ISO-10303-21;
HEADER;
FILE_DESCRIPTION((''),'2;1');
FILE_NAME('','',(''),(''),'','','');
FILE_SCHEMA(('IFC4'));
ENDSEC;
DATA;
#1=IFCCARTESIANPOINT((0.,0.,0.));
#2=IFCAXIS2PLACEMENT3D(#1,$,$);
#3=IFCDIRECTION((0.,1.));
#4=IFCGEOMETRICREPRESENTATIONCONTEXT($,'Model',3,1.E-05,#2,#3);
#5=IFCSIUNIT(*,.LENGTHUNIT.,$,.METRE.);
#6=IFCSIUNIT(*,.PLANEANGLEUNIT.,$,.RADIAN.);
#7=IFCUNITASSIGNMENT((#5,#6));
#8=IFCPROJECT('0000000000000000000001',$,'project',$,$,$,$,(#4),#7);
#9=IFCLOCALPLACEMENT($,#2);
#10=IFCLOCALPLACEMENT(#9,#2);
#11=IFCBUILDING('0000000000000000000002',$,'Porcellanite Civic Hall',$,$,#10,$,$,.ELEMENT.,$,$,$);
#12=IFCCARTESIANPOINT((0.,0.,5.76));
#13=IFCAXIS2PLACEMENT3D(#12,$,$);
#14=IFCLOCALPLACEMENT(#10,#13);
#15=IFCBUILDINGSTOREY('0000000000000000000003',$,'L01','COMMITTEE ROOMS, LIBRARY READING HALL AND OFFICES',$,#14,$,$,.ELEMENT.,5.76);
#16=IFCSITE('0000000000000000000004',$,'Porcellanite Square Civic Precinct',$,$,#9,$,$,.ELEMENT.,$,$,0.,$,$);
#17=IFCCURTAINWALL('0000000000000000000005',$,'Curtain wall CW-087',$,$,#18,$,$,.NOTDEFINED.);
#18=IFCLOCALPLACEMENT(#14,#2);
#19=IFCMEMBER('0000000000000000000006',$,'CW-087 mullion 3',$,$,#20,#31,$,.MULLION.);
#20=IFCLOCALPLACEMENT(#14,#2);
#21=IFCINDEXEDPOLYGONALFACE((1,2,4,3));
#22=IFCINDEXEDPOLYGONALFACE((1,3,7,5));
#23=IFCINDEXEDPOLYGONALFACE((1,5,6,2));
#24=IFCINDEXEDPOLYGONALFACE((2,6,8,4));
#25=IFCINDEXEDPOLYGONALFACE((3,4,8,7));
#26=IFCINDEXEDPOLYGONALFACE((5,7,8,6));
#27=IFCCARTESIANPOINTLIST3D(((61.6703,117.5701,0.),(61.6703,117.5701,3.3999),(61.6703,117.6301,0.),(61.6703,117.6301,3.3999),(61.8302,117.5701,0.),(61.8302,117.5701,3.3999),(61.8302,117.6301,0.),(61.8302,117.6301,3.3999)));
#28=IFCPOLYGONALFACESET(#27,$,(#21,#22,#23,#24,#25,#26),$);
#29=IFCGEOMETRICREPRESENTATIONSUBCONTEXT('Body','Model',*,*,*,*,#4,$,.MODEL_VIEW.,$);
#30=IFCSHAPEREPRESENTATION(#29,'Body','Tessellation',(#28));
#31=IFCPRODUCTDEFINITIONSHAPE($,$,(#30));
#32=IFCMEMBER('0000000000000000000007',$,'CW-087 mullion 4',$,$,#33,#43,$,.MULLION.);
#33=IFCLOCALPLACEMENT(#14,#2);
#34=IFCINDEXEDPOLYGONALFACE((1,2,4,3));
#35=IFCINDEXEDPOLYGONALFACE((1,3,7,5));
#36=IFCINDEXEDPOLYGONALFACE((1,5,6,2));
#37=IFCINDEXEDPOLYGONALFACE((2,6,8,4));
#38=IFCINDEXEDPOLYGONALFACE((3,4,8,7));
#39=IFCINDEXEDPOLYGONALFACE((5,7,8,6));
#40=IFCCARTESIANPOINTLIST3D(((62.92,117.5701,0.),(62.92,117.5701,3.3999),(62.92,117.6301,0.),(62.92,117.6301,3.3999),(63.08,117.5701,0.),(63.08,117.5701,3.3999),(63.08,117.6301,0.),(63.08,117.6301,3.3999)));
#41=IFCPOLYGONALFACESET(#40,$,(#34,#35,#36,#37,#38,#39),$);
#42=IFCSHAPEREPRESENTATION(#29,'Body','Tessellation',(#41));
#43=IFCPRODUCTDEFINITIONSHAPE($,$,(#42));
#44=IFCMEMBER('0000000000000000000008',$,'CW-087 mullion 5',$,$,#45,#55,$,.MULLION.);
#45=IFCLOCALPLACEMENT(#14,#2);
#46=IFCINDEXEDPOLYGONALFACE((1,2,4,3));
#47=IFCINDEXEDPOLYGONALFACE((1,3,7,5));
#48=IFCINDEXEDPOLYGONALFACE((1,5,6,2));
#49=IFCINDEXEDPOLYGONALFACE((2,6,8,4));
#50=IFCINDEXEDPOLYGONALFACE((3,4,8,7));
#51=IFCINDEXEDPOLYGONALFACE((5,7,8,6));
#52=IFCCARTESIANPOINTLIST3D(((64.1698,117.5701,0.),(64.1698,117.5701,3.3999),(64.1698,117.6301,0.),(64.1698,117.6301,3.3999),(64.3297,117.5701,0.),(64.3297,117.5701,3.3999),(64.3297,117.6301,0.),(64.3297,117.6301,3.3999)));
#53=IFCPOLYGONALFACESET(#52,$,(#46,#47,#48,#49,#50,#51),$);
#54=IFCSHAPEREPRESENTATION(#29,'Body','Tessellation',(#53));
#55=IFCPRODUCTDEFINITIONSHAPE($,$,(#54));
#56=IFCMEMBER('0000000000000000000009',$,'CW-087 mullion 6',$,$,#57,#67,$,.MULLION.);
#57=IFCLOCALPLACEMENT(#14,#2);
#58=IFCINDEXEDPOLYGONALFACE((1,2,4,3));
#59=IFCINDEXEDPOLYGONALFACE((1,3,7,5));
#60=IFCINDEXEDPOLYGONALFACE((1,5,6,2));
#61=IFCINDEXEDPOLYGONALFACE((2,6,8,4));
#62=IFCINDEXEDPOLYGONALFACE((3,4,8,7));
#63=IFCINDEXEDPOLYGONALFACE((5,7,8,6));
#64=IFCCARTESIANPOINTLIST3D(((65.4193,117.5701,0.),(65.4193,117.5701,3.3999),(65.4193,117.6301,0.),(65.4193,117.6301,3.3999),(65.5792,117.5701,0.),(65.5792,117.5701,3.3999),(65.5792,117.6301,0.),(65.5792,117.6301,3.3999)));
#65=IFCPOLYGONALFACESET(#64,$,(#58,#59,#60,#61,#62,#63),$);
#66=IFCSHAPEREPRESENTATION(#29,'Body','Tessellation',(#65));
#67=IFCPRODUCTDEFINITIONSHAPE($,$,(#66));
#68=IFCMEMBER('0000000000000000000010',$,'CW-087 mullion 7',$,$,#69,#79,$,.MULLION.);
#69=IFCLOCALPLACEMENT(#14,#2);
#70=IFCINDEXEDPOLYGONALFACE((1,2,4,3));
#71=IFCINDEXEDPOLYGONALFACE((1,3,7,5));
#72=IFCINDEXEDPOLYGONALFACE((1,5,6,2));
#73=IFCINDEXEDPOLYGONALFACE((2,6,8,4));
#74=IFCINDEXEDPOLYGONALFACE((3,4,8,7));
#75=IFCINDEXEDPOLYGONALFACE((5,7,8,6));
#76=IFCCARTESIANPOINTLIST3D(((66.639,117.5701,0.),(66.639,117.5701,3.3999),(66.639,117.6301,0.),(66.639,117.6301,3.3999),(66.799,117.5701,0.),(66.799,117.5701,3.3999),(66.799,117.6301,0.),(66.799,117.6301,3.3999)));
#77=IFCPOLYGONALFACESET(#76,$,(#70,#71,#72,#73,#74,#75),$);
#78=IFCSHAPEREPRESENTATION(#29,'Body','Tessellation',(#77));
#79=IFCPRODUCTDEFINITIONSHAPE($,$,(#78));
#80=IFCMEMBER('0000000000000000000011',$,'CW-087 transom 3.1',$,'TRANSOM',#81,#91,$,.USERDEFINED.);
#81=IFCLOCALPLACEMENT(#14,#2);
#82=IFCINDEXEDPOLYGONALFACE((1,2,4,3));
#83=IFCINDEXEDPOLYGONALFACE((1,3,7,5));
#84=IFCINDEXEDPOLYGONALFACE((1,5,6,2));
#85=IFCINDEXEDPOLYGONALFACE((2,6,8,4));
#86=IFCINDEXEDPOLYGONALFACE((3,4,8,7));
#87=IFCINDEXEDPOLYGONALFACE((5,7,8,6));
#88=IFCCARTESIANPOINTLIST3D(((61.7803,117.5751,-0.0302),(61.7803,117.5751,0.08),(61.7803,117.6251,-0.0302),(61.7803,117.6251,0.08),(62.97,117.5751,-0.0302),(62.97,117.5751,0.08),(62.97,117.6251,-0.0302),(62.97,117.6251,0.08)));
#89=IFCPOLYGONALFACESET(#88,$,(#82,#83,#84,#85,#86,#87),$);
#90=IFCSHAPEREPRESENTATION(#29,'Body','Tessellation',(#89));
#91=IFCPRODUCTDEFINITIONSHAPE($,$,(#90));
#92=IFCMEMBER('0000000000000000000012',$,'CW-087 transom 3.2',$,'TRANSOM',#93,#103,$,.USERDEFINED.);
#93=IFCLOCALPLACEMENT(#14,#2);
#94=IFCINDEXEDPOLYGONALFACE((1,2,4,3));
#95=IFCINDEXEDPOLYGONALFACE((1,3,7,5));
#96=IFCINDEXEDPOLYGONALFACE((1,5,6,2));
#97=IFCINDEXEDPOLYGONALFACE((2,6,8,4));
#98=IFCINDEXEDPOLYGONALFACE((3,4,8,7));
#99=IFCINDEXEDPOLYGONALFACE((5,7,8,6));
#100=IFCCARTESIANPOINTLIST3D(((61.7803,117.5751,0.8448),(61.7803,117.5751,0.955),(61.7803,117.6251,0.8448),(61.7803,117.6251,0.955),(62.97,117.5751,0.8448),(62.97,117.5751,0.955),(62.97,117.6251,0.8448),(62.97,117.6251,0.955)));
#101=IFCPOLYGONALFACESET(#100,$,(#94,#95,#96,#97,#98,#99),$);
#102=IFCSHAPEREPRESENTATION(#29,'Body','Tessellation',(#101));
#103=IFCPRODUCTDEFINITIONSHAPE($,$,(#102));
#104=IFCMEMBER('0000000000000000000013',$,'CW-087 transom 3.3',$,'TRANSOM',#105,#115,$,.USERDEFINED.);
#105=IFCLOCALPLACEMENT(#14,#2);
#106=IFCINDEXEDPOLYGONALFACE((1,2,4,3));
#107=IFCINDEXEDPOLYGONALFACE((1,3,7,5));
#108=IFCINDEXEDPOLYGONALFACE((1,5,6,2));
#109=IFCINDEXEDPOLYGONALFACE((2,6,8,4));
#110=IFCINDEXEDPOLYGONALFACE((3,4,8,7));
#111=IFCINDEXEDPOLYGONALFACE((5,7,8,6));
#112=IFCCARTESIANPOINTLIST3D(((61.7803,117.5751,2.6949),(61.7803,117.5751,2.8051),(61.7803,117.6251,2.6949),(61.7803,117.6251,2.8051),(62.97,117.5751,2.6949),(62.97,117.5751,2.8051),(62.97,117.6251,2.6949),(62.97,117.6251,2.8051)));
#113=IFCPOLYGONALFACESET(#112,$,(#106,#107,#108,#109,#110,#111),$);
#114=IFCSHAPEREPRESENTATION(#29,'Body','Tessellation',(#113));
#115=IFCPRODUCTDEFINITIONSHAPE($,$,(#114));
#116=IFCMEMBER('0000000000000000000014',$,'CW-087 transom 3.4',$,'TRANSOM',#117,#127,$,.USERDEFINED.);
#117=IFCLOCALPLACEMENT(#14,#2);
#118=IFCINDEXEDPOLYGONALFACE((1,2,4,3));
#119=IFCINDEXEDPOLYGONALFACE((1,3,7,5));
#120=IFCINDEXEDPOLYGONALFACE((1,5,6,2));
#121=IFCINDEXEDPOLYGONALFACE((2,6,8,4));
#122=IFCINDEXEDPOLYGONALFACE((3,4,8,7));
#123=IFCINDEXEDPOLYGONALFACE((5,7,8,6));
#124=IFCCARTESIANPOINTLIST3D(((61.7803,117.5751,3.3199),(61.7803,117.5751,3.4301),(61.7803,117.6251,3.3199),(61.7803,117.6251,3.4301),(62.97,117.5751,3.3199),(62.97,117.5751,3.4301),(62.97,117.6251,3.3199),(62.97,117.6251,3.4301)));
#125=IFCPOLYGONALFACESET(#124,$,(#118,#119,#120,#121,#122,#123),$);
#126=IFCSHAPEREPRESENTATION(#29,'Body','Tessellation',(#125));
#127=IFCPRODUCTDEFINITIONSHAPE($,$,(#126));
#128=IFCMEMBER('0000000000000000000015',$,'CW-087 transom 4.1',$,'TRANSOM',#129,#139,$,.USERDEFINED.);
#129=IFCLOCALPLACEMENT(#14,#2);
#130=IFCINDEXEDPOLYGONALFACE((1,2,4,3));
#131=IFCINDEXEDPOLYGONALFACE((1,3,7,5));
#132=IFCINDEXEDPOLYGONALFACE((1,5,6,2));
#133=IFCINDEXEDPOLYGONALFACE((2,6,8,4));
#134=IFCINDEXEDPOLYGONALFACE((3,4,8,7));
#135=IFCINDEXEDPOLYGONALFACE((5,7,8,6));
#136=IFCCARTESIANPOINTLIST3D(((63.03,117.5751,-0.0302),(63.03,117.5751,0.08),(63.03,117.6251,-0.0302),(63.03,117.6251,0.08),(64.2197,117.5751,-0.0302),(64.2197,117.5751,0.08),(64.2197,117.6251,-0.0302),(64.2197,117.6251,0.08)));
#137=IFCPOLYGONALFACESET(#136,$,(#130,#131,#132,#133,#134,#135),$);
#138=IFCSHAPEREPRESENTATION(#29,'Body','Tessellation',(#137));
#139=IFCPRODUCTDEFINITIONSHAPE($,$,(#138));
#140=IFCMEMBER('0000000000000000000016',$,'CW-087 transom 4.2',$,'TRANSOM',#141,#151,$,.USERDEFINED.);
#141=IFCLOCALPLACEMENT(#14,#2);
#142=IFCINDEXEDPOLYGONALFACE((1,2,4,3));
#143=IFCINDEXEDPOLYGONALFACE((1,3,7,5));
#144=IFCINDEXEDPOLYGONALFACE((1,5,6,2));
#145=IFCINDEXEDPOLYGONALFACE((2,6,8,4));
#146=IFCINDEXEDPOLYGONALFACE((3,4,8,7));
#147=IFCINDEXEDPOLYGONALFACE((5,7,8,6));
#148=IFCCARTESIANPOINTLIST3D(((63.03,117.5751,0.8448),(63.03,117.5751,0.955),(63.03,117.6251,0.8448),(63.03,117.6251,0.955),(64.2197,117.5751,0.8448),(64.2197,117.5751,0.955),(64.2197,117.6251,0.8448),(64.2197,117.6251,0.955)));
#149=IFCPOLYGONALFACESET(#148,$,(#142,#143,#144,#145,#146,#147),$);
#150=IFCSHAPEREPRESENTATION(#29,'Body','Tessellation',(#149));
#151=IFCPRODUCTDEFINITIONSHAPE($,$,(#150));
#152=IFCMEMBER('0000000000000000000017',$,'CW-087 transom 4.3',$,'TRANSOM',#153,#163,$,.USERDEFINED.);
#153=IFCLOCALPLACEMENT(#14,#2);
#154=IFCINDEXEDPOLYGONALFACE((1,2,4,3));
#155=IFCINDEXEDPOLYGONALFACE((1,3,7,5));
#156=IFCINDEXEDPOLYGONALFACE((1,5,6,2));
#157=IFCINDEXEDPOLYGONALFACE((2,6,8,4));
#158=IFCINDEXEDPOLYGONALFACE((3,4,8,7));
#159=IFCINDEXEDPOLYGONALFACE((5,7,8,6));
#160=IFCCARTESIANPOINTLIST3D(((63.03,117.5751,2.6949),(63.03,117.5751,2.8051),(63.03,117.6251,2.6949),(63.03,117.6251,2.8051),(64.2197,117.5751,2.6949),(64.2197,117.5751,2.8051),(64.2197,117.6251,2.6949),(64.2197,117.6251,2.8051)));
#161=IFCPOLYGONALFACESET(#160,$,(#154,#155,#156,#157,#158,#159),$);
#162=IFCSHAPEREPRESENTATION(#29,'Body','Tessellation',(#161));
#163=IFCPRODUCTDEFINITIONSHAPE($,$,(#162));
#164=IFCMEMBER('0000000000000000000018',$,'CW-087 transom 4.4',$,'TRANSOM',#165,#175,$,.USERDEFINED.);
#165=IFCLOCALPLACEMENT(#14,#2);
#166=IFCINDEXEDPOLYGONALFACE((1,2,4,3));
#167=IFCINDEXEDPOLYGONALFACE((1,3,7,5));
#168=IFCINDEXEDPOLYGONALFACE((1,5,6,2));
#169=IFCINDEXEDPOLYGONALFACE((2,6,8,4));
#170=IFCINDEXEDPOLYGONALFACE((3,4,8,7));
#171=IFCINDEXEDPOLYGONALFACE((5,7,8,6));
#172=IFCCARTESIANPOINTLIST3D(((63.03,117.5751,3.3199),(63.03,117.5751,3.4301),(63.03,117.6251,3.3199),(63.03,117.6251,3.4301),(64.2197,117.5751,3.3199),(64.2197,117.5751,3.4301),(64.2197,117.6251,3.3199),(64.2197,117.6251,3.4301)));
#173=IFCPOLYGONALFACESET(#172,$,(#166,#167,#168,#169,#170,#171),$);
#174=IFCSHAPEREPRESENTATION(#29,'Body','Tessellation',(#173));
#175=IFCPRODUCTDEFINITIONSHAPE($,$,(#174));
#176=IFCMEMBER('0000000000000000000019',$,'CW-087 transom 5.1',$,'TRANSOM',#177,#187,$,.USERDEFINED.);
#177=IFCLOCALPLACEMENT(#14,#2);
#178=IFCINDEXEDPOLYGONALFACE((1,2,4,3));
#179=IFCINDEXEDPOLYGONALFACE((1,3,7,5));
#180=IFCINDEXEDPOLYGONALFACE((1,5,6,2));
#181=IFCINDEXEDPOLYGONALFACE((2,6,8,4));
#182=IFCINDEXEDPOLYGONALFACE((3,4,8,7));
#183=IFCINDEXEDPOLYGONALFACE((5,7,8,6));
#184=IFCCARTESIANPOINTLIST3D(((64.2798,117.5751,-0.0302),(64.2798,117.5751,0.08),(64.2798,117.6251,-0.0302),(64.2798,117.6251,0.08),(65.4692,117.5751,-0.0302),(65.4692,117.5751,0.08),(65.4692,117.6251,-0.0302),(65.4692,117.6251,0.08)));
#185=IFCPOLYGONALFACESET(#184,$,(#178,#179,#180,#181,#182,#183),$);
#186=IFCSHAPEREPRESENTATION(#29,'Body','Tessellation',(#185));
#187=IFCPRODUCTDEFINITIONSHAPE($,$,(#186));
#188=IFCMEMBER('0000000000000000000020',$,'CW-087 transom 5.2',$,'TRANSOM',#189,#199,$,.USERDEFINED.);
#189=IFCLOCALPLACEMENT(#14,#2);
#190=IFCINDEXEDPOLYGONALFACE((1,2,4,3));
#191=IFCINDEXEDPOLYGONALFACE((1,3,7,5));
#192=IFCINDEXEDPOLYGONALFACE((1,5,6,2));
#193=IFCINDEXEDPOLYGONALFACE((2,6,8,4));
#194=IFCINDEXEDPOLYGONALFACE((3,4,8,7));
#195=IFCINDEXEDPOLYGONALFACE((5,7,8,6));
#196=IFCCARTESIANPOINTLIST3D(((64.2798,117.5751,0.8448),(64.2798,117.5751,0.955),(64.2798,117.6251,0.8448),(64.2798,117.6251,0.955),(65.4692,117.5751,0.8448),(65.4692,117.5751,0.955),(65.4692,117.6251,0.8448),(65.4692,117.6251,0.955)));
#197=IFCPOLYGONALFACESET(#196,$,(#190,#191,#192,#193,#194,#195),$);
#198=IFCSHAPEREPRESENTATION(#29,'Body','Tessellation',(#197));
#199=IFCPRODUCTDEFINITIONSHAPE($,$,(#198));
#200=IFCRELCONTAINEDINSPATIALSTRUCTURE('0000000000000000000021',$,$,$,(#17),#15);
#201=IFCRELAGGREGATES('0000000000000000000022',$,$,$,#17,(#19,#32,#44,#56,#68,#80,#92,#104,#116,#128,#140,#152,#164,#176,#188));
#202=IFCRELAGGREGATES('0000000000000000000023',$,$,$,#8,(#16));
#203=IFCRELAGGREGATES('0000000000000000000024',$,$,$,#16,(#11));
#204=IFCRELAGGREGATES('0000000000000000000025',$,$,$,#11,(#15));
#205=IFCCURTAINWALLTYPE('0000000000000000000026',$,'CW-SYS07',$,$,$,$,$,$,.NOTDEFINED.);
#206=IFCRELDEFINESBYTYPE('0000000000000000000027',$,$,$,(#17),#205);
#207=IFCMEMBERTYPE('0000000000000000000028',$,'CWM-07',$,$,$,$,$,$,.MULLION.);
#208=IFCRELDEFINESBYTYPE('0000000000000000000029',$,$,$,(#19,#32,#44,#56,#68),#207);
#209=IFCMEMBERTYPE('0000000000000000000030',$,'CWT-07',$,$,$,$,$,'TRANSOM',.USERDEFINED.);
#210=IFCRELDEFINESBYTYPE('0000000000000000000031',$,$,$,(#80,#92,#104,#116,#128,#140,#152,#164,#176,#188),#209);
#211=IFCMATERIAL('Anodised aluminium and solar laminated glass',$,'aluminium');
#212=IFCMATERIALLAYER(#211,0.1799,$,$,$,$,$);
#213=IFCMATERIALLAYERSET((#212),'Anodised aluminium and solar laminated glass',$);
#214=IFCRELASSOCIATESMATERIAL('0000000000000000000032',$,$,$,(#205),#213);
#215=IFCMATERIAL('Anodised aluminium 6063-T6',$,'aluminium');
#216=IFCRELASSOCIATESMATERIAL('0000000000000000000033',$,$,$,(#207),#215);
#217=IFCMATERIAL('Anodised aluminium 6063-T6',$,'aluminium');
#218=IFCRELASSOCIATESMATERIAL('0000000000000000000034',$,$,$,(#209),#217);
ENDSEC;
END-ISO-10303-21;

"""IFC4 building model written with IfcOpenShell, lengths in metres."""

from ifc_helpers import new_model, si_unit, direction, frame, origin, origin_2d, place, context, subcontext, project, spatial, rectangle, extrude, material, layer, layer_set, material_profile, profile_set, type_object, element, aggregate, save


model = new_model("IFC4")

# Units and contexts
model_context = context("Model", 3, precision=1e-05, world=origin(), true_north=direction((0.0, 1.0)))
body_context = subcontext(model_context, "Body", "Model", "MODEL_VIEW")
ifc_project = project(units=[si_unit("LENGTHUNIT", "METRE"), si_unit("PLANEANGLEUNIT", "RADIAN")], contexts=[model_context])

# Site, building, storey
site_placement = place(None, origin())
site = spatial("IfcSite", under=ifc_project, at=site_placement, Name="Porcellanite Square Civic Precinct", CompositionType="ELEMENT", RefElevation=0.0)
building_placement = place(site_placement, origin())
building = spatial("IfcBuilding", under=site, at=building_placement, Name="Porcellanite Civic Hall", CompositionType="ELEMENT")
storey_placement = place(building_placement, frame((0.0, 0.0, 5.76)))
storey = spatial("IfcBuildingStorey", under=building, at=storey_placement, Name="L01", Description="COMMITTEE ROOMS, LIBRARY READING HALL AND OFFICES", CompositionType="ELEMENT", Elevation=5.76)

# Curtain wall, members
ifc_material_1 = material(Name="Anodised aluminium and solar laminated glass", Category="aluminium")
ifc_layer_1 = layer(ifc_material_1, 0.1799)
ifc_layer_set_1 = layer_set([ifc_layer_1], Name="Anodised aluminium and solar laminated glass")
curtain_wall_type = type_object("IfcCurtainWallType", Name="CW-SYS07", PredefinedType="NOTDEFINED", material=ifc_layer_set_1)
curtain_wall_placement = place(storey_placement, origin())
curtain_wall = element("IfcCurtainWall", 1, at=curtain_wall_placement, inside=storey, type_object=curtain_wall_type, Name="Curtain wall CW-087", PredefinedType="NOTDEFINED")
ifc_material_2 = material(Name="Anodised aluminium 6063-T6", Category="aluminium")
ifc_material_profile_1 = material_profile(ifc_material_2, rectangle(XDim=0.0601, YDim=0.1599, at=origin_2d()), Name="AL-60x160")
ifc_profile_set_1 = profile_set([ifc_material_profile_1], Name="Anodised aluminium 6063-T6")
member_type_1 = type_object("IfcMemberType", Name="CWM-07", PredefinedType="MULLION", material=ifc_profile_set_1)
member_1_placement = place(storey_placement, frame((61.7502, 117.6001, 0.0), z_axis=(0.0, 0.0, 1.0), x_axis=(0.0, 1.0, 0.0)))
member_1 = element("IfcMember", 2, at=member_1_placement, type_object=member_type_1, Name="CW-087 mullion 3", PredefinedType="MULLION", context=body_context, shape_type="SweptSolid", body=[
    extrude(rectangle(XDim=0.0601, YDim=0.1599, at=origin_2d()), origin(), (0.0, 0.0, 1.0), 3.3999),
])
member_2_placement = place(storey_placement, frame((63.0, 117.6001, 0.0), z_axis=(0.0, 0.0, 1.0), x_axis=(0.0, 1.0, 0.0)))
member_2 = element("IfcMember", 3, at=member_2_placement, type_object=member_type_1, Name="CW-087 mullion 4", PredefinedType="MULLION", context=body_context, shape_type="SweptSolid", body=[
    extrude(rectangle(XDim=0.0601, YDim=0.1599, at=origin_2d()), origin(), (0.0, 0.0, 1.0), 3.3999),
])
member_3_placement = place(storey_placement, frame((64.2498, 117.6001, 0.0), z_axis=(0.0, 0.0, 1.0), x_axis=(0.0, 1.0, 0.0)))
member_3 = element("IfcMember", 4, at=member_3_placement, type_object=member_type_1, Name="CW-087 mullion 5", PredefinedType="MULLION", context=body_context, shape_type="SweptSolid", body=[
    extrude(rectangle(XDim=0.0601, YDim=0.1599, at=origin_2d()), origin(), (0.0, 0.0, 1.0), 3.3999),
])
member_4_placement = place(storey_placement, frame((65.4993, 117.6001, 0.0), z_axis=(0.0, 0.0, 1.0), x_axis=(0.0, 1.0, 0.0)))
member_4 = element("IfcMember", 5, at=member_4_placement, type_object=member_type_1, Name="CW-087 mullion 6", PredefinedType="MULLION", context=body_context, shape_type="SweptSolid", body=[
    extrude(rectangle(XDim=0.0601, YDim=0.1599, at=origin_2d()), origin(), (0.0, 0.0, 1.0), 3.3999),
])
member_5_placement = place(storey_placement, frame((66.719, 117.6001, 0.0), z_axis=(0.0, 0.0, 1.0), x_axis=(0.0, 1.0, 0.0)))
member_5 = element("IfcMember", 6, at=member_5_placement, type_object=member_type_1, Name="CW-087 mullion 7", PredefinedType="MULLION", context=body_context, shape_type="SweptSolid", body=[
    extrude(rectangle(XDim=0.0601, YDim=0.1599, at=origin_2d()), origin(), (0.0, 0.0, 1.0), 3.3999),
])
ifc_material_3 = material(Name="Anodised aluminium 6063-T6", Category="aluminium")
ifc_material_profile_2 = material_profile(ifc_material_3, rectangle(XDim=0.05, YDim=0.1101, at=origin_2d()), Name="AL-50x110")
ifc_profile_set_2 = profile_set([ifc_material_profile_2], Name="Anodised aluminium 6063-T6")
member_type_2 = type_object("IfcMemberType", Name="CWT-07", ElementType="TRANSOM", PredefinedType="USERDEFINED", material=ifc_profile_set_2)
member_6_placement = place(storey_placement, frame((61.7803, 117.6001, 0.0249), z_axis=(1.0, 0.0, 0.0), x_axis=(0.0, 1.0, 0.0)))
member_6 = element("IfcMember", 7, at=member_6_placement, type_object=member_type_2, Name="CW-087 transom 3.1", ObjectType="TRANSOM", PredefinedType="USERDEFINED", context=body_context, shape_type="SweptSolid", body=[
    extrude(rectangle(XDim=0.05, YDim=0.1101, at=origin_2d()), origin(), (0.0, 0.0, 1.0), 1.1897),
])
member_7_placement = place(storey_placement, frame((61.7803, 117.6001, 0.8999), z_axis=(1.0, 0.0, 0.0), x_axis=(0.0, 1.0, 0.0)))
member_7 = element("IfcMember", 8, at=member_7_placement, type_object=member_type_2, Name="CW-087 transom 3.2", ObjectType="TRANSOM", PredefinedType="USERDEFINED", context=body_context, shape_type="SweptSolid", body=[
    extrude(rectangle(XDim=0.05, YDim=0.1101, at=origin_2d()), origin(), (0.0, 0.0, 1.0), 1.1897),
])
member_8_placement = place(storey_placement, frame((61.7803, 117.6001, 2.75), z_axis=(1.0, 0.0, 0.0), x_axis=(0.0, 1.0, 0.0)))
member_8 = element("IfcMember", 9, at=member_8_placement, type_object=member_type_2, Name="CW-087 transom 3.3", ObjectType="TRANSOM", PredefinedType="USERDEFINED", context=body_context, shape_type="SweptSolid", body=[
    extrude(rectangle(XDim=0.05, YDim=0.1101, at=origin_2d()), origin(), (0.0, 0.0, 1.0), 1.1897),
])
member_9_placement = place(storey_placement, frame((61.7803, 117.6001, 3.375), z_axis=(1.0, 0.0, 0.0), x_axis=(0.0, 1.0, 0.0)))
member_9 = element("IfcMember", 10, at=member_9_placement, type_object=member_type_2, Name="CW-087 transom 3.4", ObjectType="TRANSOM", PredefinedType="USERDEFINED", context=body_context, shape_type="SweptSolid", body=[
    extrude(rectangle(XDim=0.05, YDim=0.1101, at=origin_2d()), origin(), (0.0, 0.0, 1.0), 1.1897),
])
member_10_placement = place(storey_placement, frame((63.03, 117.6001, 0.0249), z_axis=(1.0, 0.0, 0.0), x_axis=(0.0, 1.0, 0.0)))
member_10 = element("IfcMember", 11, at=member_10_placement, type_object=member_type_2, Name="CW-087 transom 4.1", ObjectType="TRANSOM", PredefinedType="USERDEFINED", context=body_context, shape_type="SweptSolid", body=[
    extrude(rectangle(XDim=0.05, YDim=0.1101, at=origin_2d()), origin(), (0.0, 0.0, 1.0), 1.1897),
])
member_11_placement = place(storey_placement, frame((63.03, 117.6001, 0.8999), z_axis=(1.0, 0.0, 0.0), x_axis=(0.0, 1.0, 0.0)))
member_11 = element("IfcMember", 12, at=member_11_placement, type_object=member_type_2, Name="CW-087 transom 4.2", ObjectType="TRANSOM", PredefinedType="USERDEFINED", context=body_context, shape_type="SweptSolid", body=[
    extrude(rectangle(XDim=0.05, YDim=0.1101, at=origin_2d()), origin(), (0.0, 0.0, 1.0), 1.1897),
])
member_12_placement = place(storey_placement, frame((63.03, 117.6001, 2.75), z_axis=(1.0, 0.0, 0.0), x_axis=(0.0, 1.0, 0.0)))
member_12 = element("IfcMember", 13, at=member_12_placement, type_object=member_type_2, Name="CW-087 transom 4.3", ObjectType="TRANSOM", PredefinedType="USERDEFINED", context=body_context, shape_type="SweptSolid", body=[
    extrude(rectangle(XDim=0.05, YDim=0.1101, at=origin_2d()), origin(), (0.0, 0.0, 1.0), 1.1897),
])
member_13_placement = place(storey_placement, frame((63.03, 117.6001, 3.375), z_axis=(1.0, 0.0, 0.0), x_axis=(0.0, 1.0, 0.0)))
member_13 = element("IfcMember", 14, at=member_13_placement, type_object=member_type_2, Name="CW-087 transom 4.4", ObjectType="TRANSOM", PredefinedType="USERDEFINED", context=body_context, shape_type="SweptSolid", body=[
    extrude(rectangle(XDim=0.05, YDim=0.1101, at=origin_2d()), origin(), (0.0, 0.0, 1.0), 1.1897),
])
member_14_placement = place(storey_placement, frame((64.2798, 117.6001, 0.0249), z_axis=(1.0, 0.0, 0.0), x_axis=(0.0, 1.0, 0.0)))
member_14 = element("IfcMember", 15, at=member_14_placement, type_object=member_type_2, Name="CW-087 transom 5.1", ObjectType="TRANSOM", PredefinedType="USERDEFINED", context=body_context, shape_type="SweptSolid", body=[
    extrude(rectangle(XDim=0.05, YDim=0.1101, at=origin_2d()), origin(), (0.0, 0.0, 1.0), 1.1895),
])
member_15_placement = place(storey_placement, frame((64.2798, 117.6001, 0.8999), z_axis=(1.0, 0.0, 0.0), x_axis=(0.0, 1.0, 0.0)))
member_15 = element("IfcMember", 16, at=member_15_placement, type_object=member_type_2, Name="CW-087 transom 5.2", ObjectType="TRANSOM", PredefinedType="USERDEFINED", context=body_context, shape_type="SweptSolid", body=[
    extrude(rectangle(XDim=0.05, YDim=0.1101, at=origin_2d()), origin(), (0.0, 0.0, 1.0), 1.1895),
])
aggregate(curtain_wall, [member_1, member_2, member_3, member_4, member_5, member_6, member_7, member_8, member_9, member_10, member_11, member_12, member_13, member_14, member_15])

save(model, "model.ifc")
